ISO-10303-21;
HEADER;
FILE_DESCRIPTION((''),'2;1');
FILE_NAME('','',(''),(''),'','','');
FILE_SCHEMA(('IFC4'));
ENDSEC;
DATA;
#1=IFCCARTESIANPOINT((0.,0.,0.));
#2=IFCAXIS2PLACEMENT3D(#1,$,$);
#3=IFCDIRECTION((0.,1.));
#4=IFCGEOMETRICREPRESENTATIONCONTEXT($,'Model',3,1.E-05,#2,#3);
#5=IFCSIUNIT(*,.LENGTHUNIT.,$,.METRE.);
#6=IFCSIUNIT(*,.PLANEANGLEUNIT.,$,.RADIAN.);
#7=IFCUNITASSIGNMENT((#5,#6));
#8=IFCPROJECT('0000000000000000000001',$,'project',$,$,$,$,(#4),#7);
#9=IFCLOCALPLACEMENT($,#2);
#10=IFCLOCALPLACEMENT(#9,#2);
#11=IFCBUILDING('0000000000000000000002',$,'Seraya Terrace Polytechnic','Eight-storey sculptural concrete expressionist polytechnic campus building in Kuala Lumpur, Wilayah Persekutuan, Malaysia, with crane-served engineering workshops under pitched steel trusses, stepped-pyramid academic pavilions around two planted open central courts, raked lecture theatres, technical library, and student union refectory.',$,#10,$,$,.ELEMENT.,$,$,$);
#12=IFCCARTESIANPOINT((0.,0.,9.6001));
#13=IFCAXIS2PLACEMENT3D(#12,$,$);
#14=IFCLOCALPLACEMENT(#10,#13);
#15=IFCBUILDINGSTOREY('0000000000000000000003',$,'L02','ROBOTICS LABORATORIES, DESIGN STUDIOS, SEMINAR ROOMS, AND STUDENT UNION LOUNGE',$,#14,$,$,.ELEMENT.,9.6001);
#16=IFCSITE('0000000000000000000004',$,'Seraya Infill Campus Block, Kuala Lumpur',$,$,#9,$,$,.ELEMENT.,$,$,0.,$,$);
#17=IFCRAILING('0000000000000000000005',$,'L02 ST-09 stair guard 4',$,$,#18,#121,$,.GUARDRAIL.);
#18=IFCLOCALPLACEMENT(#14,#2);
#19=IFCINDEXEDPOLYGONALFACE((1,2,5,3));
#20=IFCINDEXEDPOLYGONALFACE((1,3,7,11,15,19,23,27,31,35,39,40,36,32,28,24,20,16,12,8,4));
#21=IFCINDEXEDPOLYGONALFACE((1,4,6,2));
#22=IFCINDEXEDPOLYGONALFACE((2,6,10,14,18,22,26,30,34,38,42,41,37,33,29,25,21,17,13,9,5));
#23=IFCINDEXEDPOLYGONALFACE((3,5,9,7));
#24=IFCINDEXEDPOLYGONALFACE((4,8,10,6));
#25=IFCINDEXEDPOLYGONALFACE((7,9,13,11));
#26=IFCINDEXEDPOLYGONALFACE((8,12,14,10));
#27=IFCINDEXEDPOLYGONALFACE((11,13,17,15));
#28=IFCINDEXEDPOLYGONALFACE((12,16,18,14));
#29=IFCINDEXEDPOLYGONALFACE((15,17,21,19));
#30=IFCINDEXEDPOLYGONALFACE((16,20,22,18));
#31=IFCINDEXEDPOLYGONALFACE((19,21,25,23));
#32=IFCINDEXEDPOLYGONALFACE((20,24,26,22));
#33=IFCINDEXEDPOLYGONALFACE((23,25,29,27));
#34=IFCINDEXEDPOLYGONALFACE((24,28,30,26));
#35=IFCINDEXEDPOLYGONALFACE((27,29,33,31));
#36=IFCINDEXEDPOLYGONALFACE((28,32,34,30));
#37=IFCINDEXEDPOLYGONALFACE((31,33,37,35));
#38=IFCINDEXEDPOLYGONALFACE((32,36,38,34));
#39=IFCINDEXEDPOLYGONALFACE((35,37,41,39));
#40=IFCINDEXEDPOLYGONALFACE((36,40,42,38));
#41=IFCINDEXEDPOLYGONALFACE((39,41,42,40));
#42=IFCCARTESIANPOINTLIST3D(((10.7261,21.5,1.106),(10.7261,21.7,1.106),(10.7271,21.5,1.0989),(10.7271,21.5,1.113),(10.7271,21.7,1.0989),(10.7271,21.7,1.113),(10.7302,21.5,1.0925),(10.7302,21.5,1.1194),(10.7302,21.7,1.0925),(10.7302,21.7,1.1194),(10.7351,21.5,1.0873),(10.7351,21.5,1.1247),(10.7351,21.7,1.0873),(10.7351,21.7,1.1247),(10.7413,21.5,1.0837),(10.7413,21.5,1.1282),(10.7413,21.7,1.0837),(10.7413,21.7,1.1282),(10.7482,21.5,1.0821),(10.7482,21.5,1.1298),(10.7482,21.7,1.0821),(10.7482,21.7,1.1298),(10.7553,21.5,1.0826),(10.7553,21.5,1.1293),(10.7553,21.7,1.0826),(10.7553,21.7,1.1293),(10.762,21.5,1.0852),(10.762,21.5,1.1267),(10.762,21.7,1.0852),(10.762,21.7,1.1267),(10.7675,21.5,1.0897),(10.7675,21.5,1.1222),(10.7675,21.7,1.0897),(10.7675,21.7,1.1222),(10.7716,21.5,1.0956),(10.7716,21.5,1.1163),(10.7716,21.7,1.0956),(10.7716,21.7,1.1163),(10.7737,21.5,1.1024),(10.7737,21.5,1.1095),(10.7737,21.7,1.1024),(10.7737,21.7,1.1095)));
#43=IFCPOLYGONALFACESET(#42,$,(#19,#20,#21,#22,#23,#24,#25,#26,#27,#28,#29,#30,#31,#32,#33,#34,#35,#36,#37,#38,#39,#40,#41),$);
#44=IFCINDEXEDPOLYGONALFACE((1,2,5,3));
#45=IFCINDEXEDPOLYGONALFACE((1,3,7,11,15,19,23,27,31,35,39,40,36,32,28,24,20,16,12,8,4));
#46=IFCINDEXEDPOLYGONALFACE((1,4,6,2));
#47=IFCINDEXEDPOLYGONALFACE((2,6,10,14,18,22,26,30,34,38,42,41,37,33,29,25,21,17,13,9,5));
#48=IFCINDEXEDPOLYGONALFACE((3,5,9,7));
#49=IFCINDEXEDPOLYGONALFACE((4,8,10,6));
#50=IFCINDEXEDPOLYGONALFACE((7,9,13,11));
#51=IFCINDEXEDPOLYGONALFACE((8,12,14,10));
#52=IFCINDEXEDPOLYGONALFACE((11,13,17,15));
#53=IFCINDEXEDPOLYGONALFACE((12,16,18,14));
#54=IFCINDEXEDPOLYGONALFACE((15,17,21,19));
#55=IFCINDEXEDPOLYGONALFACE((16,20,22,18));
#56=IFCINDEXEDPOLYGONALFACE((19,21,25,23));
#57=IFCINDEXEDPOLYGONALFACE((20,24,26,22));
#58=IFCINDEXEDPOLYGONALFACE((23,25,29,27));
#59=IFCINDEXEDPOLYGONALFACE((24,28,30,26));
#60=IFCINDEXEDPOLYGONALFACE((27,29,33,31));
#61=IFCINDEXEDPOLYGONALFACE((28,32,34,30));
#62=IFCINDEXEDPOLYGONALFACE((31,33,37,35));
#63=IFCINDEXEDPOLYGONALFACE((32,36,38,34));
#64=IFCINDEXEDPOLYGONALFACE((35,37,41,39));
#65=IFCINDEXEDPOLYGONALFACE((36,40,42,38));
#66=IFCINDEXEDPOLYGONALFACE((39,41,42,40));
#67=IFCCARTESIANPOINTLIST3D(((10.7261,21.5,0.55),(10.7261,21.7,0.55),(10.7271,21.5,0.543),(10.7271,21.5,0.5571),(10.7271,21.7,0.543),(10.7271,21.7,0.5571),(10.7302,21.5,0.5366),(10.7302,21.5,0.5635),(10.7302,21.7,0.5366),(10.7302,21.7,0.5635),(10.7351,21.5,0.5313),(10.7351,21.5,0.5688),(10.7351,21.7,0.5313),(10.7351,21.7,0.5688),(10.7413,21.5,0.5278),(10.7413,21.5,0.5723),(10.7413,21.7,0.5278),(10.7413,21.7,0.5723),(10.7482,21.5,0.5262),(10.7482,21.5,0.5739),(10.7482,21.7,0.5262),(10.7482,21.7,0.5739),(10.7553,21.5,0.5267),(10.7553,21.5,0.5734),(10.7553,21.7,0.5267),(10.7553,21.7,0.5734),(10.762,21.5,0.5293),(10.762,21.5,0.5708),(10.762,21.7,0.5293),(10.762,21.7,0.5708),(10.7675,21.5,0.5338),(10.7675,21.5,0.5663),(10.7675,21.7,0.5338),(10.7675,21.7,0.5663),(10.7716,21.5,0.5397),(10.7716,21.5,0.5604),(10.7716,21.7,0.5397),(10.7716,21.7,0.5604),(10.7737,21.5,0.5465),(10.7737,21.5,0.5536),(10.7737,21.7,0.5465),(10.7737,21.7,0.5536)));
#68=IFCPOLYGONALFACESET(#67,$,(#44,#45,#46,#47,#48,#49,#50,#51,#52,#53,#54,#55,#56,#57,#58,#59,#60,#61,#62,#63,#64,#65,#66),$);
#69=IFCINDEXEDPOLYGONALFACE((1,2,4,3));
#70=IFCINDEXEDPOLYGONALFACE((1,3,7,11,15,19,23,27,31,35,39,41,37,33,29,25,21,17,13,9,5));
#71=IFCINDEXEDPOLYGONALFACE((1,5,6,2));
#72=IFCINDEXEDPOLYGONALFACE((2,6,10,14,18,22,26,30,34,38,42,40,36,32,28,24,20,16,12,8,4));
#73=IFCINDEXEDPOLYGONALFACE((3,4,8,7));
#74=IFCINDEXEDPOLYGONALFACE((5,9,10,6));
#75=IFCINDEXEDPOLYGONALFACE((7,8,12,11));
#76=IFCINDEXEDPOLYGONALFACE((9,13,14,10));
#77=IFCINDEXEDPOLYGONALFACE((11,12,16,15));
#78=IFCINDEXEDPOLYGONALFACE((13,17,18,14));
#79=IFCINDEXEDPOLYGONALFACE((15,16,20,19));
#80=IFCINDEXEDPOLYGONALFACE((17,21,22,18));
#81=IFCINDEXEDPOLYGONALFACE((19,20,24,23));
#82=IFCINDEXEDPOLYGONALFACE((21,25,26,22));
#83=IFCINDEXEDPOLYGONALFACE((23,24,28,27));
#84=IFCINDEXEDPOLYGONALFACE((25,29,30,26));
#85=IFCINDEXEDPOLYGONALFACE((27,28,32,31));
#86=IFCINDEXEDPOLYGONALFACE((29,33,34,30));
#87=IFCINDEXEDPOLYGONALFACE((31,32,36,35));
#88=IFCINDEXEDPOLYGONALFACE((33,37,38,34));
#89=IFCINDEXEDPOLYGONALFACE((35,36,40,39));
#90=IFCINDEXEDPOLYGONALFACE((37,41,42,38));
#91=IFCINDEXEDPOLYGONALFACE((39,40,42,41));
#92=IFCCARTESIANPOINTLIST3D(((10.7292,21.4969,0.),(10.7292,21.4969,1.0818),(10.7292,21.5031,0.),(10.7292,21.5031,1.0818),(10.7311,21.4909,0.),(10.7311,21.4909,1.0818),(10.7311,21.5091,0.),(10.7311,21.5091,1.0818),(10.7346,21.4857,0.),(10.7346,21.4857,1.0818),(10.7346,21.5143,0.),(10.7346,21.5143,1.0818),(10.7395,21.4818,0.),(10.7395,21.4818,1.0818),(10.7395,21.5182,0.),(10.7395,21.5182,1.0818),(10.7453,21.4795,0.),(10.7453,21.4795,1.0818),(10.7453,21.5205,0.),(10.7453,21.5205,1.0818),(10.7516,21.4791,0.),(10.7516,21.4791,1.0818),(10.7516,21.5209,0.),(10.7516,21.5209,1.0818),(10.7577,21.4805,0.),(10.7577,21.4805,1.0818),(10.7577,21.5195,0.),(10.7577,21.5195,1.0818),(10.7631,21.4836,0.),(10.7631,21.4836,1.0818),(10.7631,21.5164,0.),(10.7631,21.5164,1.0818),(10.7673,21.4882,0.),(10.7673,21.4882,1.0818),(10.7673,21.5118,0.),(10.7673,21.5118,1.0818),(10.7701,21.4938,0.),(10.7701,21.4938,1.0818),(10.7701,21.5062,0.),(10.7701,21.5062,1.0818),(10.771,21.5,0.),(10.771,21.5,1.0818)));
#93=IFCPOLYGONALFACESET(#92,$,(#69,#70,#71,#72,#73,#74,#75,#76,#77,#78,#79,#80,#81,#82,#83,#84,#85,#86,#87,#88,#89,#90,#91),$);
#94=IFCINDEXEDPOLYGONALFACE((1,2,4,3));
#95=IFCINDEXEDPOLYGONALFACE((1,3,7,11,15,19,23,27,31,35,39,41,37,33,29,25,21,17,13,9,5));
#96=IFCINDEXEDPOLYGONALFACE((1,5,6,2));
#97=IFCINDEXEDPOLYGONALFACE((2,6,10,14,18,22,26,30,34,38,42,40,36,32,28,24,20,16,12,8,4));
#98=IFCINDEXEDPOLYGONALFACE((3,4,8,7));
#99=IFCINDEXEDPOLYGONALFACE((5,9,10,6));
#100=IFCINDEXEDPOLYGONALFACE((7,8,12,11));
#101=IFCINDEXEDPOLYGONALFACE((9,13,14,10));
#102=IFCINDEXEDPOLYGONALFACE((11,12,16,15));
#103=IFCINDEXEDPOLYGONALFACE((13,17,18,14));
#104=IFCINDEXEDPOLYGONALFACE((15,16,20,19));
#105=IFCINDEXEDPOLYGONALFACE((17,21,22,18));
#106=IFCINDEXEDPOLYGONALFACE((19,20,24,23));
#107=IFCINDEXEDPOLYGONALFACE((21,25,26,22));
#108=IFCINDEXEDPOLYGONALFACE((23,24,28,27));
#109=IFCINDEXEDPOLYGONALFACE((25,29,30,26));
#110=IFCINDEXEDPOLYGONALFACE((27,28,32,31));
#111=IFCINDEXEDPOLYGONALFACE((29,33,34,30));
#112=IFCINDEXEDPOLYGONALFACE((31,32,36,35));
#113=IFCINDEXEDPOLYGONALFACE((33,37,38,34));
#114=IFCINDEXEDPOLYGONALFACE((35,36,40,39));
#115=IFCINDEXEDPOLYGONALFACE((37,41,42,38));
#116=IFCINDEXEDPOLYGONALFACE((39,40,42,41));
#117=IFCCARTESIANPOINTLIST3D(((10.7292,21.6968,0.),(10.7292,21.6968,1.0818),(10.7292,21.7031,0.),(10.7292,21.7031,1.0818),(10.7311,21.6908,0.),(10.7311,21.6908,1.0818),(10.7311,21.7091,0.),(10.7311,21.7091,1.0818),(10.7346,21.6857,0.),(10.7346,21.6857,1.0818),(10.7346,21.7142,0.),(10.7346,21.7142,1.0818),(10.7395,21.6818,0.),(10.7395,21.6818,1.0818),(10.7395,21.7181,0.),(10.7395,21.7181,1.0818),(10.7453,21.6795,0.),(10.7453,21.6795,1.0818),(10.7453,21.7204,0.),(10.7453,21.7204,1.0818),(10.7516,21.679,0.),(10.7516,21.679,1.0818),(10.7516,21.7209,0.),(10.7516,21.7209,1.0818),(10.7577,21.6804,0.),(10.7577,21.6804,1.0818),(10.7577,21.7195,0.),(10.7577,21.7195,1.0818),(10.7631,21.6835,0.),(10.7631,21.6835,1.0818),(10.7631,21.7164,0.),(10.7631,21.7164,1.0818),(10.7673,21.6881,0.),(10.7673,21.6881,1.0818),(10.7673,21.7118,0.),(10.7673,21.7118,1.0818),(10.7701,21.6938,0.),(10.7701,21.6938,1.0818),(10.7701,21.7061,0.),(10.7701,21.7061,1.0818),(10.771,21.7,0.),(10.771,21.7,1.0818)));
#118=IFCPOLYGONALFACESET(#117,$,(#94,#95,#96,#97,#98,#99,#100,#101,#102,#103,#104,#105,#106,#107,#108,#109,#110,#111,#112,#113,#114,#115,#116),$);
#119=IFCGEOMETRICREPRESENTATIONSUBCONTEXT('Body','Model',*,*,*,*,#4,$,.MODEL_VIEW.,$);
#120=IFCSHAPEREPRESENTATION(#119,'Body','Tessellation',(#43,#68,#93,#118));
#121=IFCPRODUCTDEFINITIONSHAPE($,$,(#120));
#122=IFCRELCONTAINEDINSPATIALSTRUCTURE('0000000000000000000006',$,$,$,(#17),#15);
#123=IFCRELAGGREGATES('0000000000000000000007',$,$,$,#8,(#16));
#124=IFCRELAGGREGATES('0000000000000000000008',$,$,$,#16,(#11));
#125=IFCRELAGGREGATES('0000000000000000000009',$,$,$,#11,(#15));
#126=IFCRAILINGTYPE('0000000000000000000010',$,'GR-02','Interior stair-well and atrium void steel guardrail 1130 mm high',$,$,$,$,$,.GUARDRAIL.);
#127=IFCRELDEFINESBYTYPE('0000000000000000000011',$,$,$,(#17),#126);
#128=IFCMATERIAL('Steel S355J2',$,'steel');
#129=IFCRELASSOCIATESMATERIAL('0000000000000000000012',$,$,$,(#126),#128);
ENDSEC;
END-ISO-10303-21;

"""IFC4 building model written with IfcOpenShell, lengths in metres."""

from ifc_helpers import new_model, si_unit, direction, frame, origin, origin_2d, place, context, subcontext, project, spatial, circle, extrude, material, type_object, element, save


model = new_model("IFC4")

# Units and contexts
model_context = context("Model", 3, precision=1e-05, world=origin(), true_north=direction((0.0, 1.0)))
body_context = subcontext(model_context, "Body", "Model", "MODEL_VIEW")
ifc_project = project(units=[si_unit("LENGTHUNIT", "METRE"), si_unit("PLANEANGLEUNIT", "RADIAN")], contexts=[model_context])

# Site, building, storey
site_placement = place(None, origin())
site = spatial("IfcSite", under=ifc_project, at=site_placement, Name="Seraya Infill Campus Block, Kuala Lumpur", CompositionType="ELEMENT", RefElevation=0.0)
building_placement = place(site_placement, origin())
building = spatial("IfcBuilding", under=site, at=building_placement, Name="Seraya Terrace Polytechnic", Description="Eight-storey sculptural concrete expressionist polytechnic campus building in Kuala Lumpur, Wilayah Persekutuan, Malaysia, with crane-served engineering workshops under pitched steel trusses, stepped-pyramid academic pavilions around two planted open central courts, raked lecture theatres, technical library, and student union refectory.", CompositionType="ELEMENT")
storey_placement = place(building_placement, frame((0.0, 0.0, 9.6001)))
storey = spatial("IfcBuildingStorey", under=building, at=storey_placement, Name="L02", Description="ROBOTICS LABORATORIES, DESIGN STUDIOS, SEMINAR ROOMS, AND STUDENT UNION LOUNGE", CompositionType="ELEMENT", Elevation=9.6001)

# Shared definitions
ifc_material_1 = material(Name="Steel S355J2", Category="steel")

# Railing
railing_type_1 = type_object("IfcRailingType", Name="GR-02", Description="Interior stair-well and atrium void steel guardrail 1130 mm high", PredefinedType="GUARDRAIL", material=ifc_material_1)
railing_1_placement = place(storey_placement, frame((10.75, 21.5, 0.0)))
element("IfcRailing", 1, at=railing_1_placement, inside=storey, type_object=railing_type_1, Name="L02 ST-09 stair guard 4", PredefinedType="GUARDRAIL", context=body_context, shape_type="SweptSolid", body=[
    extrude(circle(Radius=0.0239, at=origin_2d()), frame((0.0, 0.0, 1.106), z_axis=(0.0, 1.0, 0.0), x_axis=(-1.0, 0.0, 0.0)), (0.0, 0.0, 1.0), 0.2),
    extrude(circle(Radius=0.0239, at=origin_2d()), frame((0.0, 0.0, 0.55), z_axis=(0.0, 1.0, 0.0), x_axis=(-1.0, 0.0, 0.0)), (0.0, 0.0, 1.0), 0.2),
    extrude(circle(Radius=0.021, at=origin_2d()), origin(), (0.0, 0.0, 1.0), 1.0818),
    extrude(circle(Radius=0.021, at=origin_2d()), frame((0.0, 0.2, 0.0)), (0.0, 0.0, 1.0), 1.0818),
])

save(model, "model.ifc")
